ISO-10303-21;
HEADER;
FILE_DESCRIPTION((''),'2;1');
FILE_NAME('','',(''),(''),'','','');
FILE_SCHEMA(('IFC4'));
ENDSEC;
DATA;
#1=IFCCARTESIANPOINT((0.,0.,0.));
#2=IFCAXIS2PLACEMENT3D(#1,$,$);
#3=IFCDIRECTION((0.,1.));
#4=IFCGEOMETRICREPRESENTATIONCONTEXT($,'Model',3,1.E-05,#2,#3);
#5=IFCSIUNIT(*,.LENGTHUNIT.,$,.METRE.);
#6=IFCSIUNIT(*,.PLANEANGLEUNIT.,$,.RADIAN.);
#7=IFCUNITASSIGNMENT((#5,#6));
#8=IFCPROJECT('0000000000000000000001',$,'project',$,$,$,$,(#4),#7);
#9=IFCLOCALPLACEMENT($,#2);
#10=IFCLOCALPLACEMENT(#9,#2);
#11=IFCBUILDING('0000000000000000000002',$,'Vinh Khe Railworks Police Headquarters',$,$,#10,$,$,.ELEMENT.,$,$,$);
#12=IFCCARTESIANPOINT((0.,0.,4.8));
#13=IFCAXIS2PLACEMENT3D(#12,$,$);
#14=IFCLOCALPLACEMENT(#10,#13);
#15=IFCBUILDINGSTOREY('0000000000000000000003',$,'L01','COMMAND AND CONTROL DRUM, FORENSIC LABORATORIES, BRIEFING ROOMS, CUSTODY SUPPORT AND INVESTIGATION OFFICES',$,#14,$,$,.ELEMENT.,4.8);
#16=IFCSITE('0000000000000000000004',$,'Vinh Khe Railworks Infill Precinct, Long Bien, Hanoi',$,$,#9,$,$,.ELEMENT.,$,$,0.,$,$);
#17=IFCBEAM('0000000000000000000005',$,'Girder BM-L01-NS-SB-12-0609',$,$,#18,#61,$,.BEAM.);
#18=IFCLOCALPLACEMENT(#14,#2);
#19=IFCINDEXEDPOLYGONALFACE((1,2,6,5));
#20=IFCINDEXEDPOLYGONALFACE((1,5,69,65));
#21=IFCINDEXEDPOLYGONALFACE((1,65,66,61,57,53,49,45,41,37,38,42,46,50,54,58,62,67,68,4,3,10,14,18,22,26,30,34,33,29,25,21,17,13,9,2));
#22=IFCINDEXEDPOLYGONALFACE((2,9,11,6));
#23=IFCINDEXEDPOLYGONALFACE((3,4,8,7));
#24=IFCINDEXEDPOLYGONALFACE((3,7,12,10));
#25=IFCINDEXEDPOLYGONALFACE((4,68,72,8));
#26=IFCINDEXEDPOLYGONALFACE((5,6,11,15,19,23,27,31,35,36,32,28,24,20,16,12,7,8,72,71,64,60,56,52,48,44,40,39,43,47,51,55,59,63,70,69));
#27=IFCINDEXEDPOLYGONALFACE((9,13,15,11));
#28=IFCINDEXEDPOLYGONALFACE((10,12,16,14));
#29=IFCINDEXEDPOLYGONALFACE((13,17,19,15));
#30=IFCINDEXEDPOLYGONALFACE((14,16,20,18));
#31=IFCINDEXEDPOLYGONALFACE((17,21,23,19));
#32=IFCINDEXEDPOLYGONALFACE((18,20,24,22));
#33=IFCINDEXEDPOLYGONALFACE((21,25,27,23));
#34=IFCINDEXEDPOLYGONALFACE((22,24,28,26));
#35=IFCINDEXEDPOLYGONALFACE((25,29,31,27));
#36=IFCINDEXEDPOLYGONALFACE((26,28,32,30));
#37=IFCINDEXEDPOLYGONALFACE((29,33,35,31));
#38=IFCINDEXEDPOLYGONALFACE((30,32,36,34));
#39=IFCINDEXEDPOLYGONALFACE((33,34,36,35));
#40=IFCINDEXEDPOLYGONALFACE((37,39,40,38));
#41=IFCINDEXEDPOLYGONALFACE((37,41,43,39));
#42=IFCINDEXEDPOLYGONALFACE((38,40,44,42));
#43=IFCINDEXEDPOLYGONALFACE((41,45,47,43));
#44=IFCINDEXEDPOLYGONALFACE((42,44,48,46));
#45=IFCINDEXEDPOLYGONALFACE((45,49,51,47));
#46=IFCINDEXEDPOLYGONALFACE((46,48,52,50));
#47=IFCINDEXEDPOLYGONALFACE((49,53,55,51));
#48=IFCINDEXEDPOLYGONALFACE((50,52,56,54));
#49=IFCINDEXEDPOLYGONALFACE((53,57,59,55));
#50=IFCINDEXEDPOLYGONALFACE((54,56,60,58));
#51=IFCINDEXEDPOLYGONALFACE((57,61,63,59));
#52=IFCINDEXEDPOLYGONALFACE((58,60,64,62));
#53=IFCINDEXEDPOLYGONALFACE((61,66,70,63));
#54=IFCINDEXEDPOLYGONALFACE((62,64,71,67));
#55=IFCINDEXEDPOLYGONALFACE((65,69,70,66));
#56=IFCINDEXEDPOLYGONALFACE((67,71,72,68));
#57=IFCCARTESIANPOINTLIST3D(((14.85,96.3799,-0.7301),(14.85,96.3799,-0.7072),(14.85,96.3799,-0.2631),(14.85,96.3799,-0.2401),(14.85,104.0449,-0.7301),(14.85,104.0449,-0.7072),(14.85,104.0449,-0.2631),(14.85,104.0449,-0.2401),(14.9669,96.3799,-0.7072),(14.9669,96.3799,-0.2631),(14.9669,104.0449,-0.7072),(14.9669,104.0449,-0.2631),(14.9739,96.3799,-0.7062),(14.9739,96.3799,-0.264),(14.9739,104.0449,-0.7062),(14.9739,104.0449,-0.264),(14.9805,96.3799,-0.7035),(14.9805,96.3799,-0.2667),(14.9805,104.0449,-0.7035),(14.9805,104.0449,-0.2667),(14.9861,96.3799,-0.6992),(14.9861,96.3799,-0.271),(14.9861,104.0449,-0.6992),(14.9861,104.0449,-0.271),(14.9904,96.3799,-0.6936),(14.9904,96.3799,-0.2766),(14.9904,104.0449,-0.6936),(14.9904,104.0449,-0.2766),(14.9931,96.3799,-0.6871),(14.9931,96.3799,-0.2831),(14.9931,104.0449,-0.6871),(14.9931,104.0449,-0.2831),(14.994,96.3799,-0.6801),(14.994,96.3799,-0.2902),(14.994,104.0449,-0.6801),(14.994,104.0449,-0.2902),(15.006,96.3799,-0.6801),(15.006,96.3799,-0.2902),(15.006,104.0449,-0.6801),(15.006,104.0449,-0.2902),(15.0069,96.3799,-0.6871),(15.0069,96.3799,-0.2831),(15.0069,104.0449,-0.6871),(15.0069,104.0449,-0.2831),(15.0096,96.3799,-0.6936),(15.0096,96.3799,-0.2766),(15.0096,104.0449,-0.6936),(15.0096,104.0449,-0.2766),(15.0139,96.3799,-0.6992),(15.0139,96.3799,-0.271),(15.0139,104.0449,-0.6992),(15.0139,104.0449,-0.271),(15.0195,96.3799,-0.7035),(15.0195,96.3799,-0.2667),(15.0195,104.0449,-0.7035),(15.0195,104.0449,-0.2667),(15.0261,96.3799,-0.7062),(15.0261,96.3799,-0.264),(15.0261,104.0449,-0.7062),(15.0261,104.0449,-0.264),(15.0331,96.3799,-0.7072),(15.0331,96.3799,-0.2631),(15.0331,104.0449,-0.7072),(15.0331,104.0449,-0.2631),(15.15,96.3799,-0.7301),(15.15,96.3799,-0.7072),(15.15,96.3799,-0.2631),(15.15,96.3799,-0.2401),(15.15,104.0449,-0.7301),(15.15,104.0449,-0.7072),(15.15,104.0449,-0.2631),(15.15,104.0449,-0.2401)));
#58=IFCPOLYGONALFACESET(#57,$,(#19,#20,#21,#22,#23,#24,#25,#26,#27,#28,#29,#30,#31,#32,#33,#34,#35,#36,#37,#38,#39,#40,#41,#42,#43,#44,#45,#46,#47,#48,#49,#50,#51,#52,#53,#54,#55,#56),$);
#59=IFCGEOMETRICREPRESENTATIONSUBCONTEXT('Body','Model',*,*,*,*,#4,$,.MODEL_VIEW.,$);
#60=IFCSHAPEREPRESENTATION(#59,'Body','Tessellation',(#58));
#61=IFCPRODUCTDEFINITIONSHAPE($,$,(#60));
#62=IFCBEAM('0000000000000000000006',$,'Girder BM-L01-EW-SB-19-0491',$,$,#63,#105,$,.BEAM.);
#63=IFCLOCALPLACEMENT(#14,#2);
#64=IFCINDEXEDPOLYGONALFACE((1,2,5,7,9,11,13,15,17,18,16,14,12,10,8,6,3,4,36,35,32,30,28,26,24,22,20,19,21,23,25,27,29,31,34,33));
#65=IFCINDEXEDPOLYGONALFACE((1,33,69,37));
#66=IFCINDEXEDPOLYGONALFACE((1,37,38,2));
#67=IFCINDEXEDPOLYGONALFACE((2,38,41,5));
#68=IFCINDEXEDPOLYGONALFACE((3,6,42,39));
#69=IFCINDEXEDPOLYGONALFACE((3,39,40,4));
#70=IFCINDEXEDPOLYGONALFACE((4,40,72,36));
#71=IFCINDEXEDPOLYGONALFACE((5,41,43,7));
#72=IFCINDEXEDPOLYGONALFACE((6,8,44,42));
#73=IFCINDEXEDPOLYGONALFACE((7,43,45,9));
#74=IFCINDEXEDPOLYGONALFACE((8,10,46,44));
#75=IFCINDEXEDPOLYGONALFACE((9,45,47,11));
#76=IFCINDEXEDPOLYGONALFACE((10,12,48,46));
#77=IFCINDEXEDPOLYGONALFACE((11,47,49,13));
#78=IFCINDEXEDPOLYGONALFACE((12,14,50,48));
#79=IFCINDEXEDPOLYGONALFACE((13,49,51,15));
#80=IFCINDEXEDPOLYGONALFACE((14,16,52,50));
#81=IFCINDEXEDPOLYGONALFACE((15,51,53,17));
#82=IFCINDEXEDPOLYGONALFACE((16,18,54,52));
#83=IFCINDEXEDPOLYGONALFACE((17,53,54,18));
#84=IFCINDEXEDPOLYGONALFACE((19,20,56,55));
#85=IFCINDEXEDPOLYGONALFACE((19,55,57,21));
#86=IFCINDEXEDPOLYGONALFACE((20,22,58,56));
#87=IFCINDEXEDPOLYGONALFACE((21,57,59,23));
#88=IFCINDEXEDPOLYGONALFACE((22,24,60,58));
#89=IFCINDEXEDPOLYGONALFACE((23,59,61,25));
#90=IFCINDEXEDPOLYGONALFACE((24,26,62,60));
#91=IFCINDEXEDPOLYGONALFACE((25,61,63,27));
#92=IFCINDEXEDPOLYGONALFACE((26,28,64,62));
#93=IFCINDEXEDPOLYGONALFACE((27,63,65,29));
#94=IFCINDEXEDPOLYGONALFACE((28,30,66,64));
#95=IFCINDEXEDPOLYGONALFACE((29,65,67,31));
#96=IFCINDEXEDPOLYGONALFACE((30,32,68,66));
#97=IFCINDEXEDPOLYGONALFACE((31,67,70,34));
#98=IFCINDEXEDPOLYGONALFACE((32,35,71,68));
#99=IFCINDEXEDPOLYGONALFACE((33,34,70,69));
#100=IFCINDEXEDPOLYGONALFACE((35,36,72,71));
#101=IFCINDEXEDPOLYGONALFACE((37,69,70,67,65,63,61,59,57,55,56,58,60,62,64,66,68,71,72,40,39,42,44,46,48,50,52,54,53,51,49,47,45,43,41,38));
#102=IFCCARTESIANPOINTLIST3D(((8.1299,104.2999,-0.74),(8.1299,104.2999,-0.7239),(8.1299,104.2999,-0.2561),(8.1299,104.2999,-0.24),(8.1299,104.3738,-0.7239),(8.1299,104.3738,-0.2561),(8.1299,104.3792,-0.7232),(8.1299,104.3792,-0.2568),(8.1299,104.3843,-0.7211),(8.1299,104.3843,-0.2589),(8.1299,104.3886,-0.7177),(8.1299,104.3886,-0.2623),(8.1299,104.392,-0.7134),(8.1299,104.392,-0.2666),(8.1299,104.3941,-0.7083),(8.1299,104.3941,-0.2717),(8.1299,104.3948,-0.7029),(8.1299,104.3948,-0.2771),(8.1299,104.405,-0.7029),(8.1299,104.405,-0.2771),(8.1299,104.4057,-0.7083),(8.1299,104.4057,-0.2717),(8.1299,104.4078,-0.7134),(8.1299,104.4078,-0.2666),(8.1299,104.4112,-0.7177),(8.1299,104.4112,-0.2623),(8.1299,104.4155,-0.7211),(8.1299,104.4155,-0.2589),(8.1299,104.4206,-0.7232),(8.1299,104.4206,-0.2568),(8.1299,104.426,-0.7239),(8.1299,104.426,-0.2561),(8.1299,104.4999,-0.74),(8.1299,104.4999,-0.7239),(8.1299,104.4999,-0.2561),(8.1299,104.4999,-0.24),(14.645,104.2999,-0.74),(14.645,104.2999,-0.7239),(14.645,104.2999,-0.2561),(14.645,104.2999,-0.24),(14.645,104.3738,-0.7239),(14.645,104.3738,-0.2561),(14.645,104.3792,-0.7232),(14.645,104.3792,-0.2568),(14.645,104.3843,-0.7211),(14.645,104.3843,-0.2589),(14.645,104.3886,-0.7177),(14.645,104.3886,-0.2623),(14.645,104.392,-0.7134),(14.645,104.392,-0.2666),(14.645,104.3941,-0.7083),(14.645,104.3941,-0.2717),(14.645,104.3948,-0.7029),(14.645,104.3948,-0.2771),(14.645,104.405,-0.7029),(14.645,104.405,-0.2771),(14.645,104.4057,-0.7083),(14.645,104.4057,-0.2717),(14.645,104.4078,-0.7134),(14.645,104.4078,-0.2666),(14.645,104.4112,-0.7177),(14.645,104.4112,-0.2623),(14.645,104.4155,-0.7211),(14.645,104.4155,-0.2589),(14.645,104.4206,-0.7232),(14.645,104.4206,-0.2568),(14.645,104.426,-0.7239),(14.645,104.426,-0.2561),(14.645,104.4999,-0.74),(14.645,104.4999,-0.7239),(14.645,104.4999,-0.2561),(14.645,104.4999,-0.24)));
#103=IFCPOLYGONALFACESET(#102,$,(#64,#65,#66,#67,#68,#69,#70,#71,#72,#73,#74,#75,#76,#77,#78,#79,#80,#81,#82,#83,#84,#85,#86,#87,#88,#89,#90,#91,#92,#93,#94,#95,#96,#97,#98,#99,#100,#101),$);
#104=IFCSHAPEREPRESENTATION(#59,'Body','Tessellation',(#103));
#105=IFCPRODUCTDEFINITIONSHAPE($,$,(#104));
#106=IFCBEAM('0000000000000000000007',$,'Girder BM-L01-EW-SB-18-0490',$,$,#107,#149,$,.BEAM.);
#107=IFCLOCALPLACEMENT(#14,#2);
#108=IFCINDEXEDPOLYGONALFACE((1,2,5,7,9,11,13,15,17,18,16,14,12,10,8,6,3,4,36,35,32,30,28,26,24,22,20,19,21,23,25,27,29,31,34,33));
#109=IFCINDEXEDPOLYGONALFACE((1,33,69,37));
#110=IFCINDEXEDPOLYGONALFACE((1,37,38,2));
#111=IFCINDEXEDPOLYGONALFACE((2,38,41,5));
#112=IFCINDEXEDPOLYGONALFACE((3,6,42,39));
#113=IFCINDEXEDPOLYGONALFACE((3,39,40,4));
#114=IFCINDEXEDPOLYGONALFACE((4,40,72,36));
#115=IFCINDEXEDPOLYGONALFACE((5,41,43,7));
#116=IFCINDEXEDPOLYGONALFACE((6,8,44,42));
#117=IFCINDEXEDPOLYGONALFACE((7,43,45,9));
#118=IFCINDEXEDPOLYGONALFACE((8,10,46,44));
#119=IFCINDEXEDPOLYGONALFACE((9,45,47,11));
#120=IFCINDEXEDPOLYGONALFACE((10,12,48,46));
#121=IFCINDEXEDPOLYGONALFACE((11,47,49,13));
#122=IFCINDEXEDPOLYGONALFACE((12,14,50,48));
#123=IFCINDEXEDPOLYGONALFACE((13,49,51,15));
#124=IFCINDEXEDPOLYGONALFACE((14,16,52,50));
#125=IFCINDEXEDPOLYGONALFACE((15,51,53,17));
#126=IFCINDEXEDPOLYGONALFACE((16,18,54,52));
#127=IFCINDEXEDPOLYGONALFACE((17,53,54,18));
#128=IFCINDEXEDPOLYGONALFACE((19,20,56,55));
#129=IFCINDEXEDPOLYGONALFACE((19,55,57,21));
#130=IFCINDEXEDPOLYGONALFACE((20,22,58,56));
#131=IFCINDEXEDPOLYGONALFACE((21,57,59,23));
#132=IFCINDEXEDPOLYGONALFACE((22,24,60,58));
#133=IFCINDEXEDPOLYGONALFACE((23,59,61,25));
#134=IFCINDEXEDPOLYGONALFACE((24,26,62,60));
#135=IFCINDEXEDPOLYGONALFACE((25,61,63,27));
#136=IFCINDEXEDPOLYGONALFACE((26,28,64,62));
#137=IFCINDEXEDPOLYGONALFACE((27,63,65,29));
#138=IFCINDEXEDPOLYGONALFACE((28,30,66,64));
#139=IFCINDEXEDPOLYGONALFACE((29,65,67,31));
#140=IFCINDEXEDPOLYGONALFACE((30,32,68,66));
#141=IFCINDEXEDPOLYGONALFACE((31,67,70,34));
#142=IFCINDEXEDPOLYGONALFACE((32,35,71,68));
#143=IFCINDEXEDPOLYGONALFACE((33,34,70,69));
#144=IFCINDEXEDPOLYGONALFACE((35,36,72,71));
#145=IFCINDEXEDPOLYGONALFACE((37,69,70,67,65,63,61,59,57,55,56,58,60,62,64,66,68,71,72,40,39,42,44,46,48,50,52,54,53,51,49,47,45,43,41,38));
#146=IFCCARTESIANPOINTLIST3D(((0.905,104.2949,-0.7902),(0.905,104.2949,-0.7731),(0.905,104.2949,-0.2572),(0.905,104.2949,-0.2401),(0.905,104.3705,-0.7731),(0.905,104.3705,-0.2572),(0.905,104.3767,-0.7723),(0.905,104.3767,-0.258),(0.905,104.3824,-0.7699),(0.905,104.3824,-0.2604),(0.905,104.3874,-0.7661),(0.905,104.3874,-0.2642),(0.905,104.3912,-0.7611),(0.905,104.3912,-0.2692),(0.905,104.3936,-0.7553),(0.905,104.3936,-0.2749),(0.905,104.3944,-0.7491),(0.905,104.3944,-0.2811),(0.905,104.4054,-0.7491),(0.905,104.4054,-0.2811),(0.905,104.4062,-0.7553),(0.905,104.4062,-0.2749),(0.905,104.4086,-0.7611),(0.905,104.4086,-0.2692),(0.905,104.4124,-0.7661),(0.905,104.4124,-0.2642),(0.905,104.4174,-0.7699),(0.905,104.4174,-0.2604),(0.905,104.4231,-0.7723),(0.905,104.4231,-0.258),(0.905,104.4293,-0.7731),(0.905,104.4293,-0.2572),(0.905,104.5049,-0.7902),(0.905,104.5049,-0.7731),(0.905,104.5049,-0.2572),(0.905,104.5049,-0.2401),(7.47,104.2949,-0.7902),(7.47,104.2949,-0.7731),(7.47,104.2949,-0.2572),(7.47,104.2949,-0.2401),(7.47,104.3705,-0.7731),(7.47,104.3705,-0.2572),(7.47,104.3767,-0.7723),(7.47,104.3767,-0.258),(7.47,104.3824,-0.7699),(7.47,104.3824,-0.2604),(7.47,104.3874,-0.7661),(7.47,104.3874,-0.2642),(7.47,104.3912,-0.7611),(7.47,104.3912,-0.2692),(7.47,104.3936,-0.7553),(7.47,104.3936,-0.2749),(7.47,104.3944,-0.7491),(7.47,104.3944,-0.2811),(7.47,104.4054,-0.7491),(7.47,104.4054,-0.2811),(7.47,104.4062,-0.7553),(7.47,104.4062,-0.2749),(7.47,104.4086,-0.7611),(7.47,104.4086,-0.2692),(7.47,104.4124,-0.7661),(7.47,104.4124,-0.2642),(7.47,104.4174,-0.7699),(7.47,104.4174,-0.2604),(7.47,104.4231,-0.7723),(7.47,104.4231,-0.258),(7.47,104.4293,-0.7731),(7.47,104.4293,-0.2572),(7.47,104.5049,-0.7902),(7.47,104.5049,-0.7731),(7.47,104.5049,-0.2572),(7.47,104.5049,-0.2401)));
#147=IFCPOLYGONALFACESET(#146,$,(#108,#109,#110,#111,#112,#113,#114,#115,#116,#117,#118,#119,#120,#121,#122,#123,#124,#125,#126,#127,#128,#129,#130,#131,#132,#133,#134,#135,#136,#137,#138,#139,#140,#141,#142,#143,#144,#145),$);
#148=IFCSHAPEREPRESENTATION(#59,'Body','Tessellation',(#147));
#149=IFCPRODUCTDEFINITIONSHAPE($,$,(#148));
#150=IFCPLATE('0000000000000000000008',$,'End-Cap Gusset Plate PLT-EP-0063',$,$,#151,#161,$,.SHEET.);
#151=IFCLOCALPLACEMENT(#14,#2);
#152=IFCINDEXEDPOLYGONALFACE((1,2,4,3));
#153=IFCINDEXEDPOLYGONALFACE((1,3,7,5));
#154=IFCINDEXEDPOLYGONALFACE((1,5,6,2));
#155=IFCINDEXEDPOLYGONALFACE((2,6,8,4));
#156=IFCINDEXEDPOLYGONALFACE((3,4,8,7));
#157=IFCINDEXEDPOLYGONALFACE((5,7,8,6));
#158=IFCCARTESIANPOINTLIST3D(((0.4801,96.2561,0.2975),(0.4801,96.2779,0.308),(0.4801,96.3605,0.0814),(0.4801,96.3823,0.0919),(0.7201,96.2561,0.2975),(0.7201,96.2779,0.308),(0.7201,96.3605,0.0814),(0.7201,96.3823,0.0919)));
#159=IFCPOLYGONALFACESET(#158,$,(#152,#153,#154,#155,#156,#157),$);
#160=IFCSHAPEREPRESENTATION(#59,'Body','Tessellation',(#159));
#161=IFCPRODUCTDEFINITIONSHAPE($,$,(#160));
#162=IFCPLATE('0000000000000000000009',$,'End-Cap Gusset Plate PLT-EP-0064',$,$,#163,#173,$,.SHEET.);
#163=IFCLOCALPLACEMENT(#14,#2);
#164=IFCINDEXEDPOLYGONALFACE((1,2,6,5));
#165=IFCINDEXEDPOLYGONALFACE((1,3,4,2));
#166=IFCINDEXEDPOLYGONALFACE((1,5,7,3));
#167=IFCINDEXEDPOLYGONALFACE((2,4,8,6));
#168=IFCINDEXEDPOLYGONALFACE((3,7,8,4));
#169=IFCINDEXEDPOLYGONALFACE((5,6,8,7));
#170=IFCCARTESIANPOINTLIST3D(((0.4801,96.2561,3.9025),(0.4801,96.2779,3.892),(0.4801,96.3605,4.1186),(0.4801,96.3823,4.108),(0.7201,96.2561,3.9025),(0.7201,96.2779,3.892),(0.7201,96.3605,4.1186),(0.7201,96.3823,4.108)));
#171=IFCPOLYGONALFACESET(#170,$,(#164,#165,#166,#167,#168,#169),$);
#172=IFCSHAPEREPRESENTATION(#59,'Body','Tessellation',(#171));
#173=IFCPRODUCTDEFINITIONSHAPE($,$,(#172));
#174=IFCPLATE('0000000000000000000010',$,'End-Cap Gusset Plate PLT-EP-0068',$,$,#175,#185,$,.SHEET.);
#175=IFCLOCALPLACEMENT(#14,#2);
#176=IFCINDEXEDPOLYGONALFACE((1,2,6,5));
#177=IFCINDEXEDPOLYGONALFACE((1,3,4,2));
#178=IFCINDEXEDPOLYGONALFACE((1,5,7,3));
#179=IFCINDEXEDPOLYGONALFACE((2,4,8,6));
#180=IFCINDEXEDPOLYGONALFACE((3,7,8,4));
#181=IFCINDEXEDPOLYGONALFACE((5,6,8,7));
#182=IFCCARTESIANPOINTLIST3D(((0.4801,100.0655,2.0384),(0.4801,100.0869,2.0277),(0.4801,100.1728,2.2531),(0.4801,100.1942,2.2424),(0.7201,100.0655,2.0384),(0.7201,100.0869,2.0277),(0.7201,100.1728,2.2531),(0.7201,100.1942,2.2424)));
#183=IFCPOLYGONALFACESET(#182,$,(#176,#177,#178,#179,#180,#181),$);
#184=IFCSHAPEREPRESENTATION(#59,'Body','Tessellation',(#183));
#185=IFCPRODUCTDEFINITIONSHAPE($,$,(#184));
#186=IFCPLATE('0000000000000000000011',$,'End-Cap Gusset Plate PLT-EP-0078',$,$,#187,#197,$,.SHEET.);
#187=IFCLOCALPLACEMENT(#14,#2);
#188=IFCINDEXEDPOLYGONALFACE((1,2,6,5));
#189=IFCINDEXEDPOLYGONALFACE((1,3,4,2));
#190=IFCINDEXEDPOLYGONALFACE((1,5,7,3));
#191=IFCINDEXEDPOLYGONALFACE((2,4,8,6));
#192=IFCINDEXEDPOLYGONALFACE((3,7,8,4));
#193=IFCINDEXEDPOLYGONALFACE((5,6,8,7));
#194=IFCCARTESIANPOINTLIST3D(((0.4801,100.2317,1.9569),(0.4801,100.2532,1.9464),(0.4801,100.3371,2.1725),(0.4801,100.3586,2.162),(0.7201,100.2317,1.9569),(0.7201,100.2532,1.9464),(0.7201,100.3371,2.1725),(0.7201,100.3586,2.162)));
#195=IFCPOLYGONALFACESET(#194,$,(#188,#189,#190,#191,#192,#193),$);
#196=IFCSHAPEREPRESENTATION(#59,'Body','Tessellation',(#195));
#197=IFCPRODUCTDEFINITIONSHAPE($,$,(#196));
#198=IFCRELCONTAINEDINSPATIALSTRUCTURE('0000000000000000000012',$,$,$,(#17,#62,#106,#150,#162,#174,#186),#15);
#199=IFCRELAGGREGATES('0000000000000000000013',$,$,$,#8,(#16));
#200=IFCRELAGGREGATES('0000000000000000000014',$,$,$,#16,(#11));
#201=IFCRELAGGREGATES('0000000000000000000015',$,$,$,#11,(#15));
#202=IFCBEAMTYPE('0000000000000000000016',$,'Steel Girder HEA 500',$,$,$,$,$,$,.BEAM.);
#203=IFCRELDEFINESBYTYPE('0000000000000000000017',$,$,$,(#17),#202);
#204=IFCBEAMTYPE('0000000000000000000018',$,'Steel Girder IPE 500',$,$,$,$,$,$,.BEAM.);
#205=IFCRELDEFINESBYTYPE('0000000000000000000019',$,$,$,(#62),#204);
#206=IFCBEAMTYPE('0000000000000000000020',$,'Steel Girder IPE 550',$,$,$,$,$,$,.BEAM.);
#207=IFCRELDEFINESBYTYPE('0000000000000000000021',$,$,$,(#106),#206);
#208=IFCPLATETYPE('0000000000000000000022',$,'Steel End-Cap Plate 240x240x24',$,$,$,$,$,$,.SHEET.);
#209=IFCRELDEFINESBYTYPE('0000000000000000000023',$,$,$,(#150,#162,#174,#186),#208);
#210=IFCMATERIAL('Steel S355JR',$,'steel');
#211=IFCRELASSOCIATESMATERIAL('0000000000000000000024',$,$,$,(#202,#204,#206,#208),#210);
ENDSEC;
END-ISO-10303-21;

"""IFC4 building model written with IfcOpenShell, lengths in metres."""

from ifc_helpers import new_model, si_unit, direction, frame, origin, origin_2d, place, context, subcontext, project, spatial, rectangle, i_section, extrude, material, material_profile, profile_set, type_object, element, save


model = new_model("IFC4")

# Units and contexts
model_context = context("Model", 3, precision=1e-05, world=origin(), true_north=direction((0.0, 1.0)))
body_context = subcontext(model_context, "Body", "Model", "MODEL_VIEW")
ifc_project = project(units=[si_unit("LENGTHUNIT", "METRE"), si_unit("PLANEANGLEUNIT", "RADIAN")], contexts=[model_context])

# Site, building, storey
site_placement = place(None, origin())
site = spatial("IfcSite", under=ifc_project, at=site_placement, Name="Vinh Khe Railworks Infill Precinct, Long Bien, Hanoi", CompositionType="ELEMENT", RefElevation=0.0)
building_placement = place(site_placement, origin())
building = spatial("IfcBuilding", under=site, at=building_placement, Name="Vinh Khe Railworks Police Headquarters", CompositionType="ELEMENT")
storey_placement = place(building_placement, frame((0.0, 0.0, 4.8)))
storey = spatial("IfcBuildingStorey", under=building, at=storey_placement, Name="L01", Description="COMMAND AND CONTROL DRUM, FORENSIC LABORATORIES, BRIEFING ROOMS, CUSTODY SUPPORT AND INVESTIGATION OFFICES", CompositionType="ELEMENT", Elevation=4.8)

# Shared definitions
ifc_material_1 = material(Name="Steel S355JR", Category="steel")

# Beams
ifc_material_profile_1 = material_profile(ifc_material_1, i_section(OverallWidth=0.3, OverallDepth=0.49, WebThickness=0.012, FlangeThickness=0.0229, FilletRadius=0.0271, at=origin_2d()), Name="HEA 500")
ifc_profile_set_1 = profile_set([ifc_material_profile_1], Name="Steel S355JR")
beam_type_1 = type_object("IfcBeamType", Name="Steel Girder HEA 500", PredefinedType="BEAM", material=ifc_profile_set_1)
beam_1_placement = place(storey_placement, frame((15.0, 96.3799, -0.4851), z_axis=(0.0, 1.0, 0.0), x_axis=(-1.0, 0.0, 0.0)))
element("IfcBeam", 1, at=beam_1_placement, inside=storey, type_object=beam_type_1, Name="Girder BM-L01-NS-SB-12-0609", PredefinedType="BEAM", context=body_context, shape_type="SweptSolid", body=[
    extrude(i_section(OverallWidth=0.3, OverallDepth=0.49, WebThickness=0.012, FlangeThickness=0.0229, FilletRadius=0.0271, at=origin_2d()), origin(), (0.0, 0.0, 1.0), 7.665),
])
ifc_material_profile_2 = material_profile(ifc_material_1, i_section(OverallWidth=0.2, OverallDepth=0.5, WebThickness=0.0103, FlangeThickness=0.0161, FilletRadius=0.021, at=origin_2d()), Name="IPE 500")
ifc_profile_set_2 = profile_set([ifc_material_profile_2], Name="Steel S355JR")
beam_type_2 = type_object("IfcBeamType", Name="Steel Girder IPE 500", PredefinedType="BEAM", material=ifc_profile_set_2)
beam_2_placement = place(storey_placement, frame((8.1299, 104.3999, -0.49), z_axis=(1.0, 0.0, 0.0), x_axis=(0.0, 1.0, 0.0)))
element("IfcBeam", 2, at=beam_2_placement, inside=storey, type_object=beam_type_2, Name="Girder BM-L01-EW-SB-19-0491", PredefinedType="BEAM", context=body_context, shape_type="SweptSolid", body=[
    extrude(i_section(OverallWidth=0.2, OverallDepth=0.5, WebThickness=0.0103, FlangeThickness=0.0161, FilletRadius=0.021, at=origin_2d()), origin(), (0.0, 0.0, 1.0), 6.5151),
])
ifc_material_profile_3 = material_profile(ifc_material_1, i_section(OverallWidth=0.21, OverallDepth=0.55, WebThickness=0.011, FlangeThickness=0.0171, FilletRadius=0.0239, at=origin_2d()), Name="IPE 550")
ifc_profile_set_3 = profile_set([ifc_material_profile_3], Name="Steel S355JR")
beam_type_3 = type_object("IfcBeamType", Name="Steel Girder IPE 550", PredefinedType="BEAM", material=ifc_profile_set_3)
beam_3_placement = place(storey_placement, frame((0.905, 104.3999, -0.5151), z_axis=(1.0, 0.0, 0.0), x_axis=(0.0, 1.0, 0.0)))
element("IfcBeam", 3, at=beam_3_placement, inside=storey, type_object=beam_type_3, Name="Girder BM-L01-EW-SB-18-0490", PredefinedType="BEAM", context=body_context, shape_type="SweptSolid", body=[
    extrude(i_section(OverallWidth=0.21, OverallDepth=0.55, WebThickness=0.011, FlangeThickness=0.0171, FilletRadius=0.0239, at=origin_2d()), origin(), (0.0, 0.0, 1.0), 6.5649),
])

# Plates
ifc_material_profile_4 = material_profile(ifc_material_1, rectangle(XDim=0.24, YDim=0.24, at=origin_2d()), Name="PL 240x240")
ifc_profile_set_4 = profile_set([ifc_material_profile_4], Name="Steel S355JR")
plate_type = type_object("IfcPlateType", Name="Steel End-Cap Plate 240x240x24", PredefinedType="SHEET", material=ifc_profile_set_4)
for number, where, z_axis, x_axis, name in (
    (4, (0.6001, 96.3301, 0.2), (0.0, -0.900415, -0.435032), (1.0, 0.0, 0.0), "End-Cap Gusset Plate PLT-EP-0063"),
    (5, (0.6001, 96.3301, 4.0), (0.0, -0.900415, 0.435032), (1.0, 0.0, 0.0), "End-Cap Gusset Plate PLT-EP-0064"),
):
    element("IfcPlate", number, at=place(storey_placement, frame(where, z_axis=z_axis, x_axis=x_axis)), inside=storey, type_object=plate_type, Name=name, PredefinedType="SHEET", context=body_context, shape_type="SweptSolid", body=[
        extrude(rectangle(XDim=0.24, YDim=0.24, at=origin_2d()), origin(), (0.0, 0.0, 1.0), 0.0242),
    ])
for number, where, z_axis, x_axis, name in (
    (6, (0.6001, 100.1191, 2.1458), (0.0, 0.894427, -0.447214), (-1.0, 0.0, 0.0), "End-Cap Gusset Plate PLT-EP-0068"),
    (7, (0.6001, 100.3059, 2.0542), (0.0, -0.898474, 0.439027), (1.0, 0.0, 0.0), "End-Cap Gusset Plate PLT-EP-0078"),
):
    element("IfcPlate", number, at=place(storey_placement, frame(where, z_axis=z_axis, x_axis=x_axis)), inside=storey, type_object=plate_type, Name=name, PredefinedType="SHEET", context=body_context, shape_type="SweptSolid", body=[
        extrude(rectangle(XDim=0.24, YDim=0.24, at=origin_2d()), origin(), (0.0, 0.0, 1.0), 0.0239),
    ])

save(model, "model.ifc")
